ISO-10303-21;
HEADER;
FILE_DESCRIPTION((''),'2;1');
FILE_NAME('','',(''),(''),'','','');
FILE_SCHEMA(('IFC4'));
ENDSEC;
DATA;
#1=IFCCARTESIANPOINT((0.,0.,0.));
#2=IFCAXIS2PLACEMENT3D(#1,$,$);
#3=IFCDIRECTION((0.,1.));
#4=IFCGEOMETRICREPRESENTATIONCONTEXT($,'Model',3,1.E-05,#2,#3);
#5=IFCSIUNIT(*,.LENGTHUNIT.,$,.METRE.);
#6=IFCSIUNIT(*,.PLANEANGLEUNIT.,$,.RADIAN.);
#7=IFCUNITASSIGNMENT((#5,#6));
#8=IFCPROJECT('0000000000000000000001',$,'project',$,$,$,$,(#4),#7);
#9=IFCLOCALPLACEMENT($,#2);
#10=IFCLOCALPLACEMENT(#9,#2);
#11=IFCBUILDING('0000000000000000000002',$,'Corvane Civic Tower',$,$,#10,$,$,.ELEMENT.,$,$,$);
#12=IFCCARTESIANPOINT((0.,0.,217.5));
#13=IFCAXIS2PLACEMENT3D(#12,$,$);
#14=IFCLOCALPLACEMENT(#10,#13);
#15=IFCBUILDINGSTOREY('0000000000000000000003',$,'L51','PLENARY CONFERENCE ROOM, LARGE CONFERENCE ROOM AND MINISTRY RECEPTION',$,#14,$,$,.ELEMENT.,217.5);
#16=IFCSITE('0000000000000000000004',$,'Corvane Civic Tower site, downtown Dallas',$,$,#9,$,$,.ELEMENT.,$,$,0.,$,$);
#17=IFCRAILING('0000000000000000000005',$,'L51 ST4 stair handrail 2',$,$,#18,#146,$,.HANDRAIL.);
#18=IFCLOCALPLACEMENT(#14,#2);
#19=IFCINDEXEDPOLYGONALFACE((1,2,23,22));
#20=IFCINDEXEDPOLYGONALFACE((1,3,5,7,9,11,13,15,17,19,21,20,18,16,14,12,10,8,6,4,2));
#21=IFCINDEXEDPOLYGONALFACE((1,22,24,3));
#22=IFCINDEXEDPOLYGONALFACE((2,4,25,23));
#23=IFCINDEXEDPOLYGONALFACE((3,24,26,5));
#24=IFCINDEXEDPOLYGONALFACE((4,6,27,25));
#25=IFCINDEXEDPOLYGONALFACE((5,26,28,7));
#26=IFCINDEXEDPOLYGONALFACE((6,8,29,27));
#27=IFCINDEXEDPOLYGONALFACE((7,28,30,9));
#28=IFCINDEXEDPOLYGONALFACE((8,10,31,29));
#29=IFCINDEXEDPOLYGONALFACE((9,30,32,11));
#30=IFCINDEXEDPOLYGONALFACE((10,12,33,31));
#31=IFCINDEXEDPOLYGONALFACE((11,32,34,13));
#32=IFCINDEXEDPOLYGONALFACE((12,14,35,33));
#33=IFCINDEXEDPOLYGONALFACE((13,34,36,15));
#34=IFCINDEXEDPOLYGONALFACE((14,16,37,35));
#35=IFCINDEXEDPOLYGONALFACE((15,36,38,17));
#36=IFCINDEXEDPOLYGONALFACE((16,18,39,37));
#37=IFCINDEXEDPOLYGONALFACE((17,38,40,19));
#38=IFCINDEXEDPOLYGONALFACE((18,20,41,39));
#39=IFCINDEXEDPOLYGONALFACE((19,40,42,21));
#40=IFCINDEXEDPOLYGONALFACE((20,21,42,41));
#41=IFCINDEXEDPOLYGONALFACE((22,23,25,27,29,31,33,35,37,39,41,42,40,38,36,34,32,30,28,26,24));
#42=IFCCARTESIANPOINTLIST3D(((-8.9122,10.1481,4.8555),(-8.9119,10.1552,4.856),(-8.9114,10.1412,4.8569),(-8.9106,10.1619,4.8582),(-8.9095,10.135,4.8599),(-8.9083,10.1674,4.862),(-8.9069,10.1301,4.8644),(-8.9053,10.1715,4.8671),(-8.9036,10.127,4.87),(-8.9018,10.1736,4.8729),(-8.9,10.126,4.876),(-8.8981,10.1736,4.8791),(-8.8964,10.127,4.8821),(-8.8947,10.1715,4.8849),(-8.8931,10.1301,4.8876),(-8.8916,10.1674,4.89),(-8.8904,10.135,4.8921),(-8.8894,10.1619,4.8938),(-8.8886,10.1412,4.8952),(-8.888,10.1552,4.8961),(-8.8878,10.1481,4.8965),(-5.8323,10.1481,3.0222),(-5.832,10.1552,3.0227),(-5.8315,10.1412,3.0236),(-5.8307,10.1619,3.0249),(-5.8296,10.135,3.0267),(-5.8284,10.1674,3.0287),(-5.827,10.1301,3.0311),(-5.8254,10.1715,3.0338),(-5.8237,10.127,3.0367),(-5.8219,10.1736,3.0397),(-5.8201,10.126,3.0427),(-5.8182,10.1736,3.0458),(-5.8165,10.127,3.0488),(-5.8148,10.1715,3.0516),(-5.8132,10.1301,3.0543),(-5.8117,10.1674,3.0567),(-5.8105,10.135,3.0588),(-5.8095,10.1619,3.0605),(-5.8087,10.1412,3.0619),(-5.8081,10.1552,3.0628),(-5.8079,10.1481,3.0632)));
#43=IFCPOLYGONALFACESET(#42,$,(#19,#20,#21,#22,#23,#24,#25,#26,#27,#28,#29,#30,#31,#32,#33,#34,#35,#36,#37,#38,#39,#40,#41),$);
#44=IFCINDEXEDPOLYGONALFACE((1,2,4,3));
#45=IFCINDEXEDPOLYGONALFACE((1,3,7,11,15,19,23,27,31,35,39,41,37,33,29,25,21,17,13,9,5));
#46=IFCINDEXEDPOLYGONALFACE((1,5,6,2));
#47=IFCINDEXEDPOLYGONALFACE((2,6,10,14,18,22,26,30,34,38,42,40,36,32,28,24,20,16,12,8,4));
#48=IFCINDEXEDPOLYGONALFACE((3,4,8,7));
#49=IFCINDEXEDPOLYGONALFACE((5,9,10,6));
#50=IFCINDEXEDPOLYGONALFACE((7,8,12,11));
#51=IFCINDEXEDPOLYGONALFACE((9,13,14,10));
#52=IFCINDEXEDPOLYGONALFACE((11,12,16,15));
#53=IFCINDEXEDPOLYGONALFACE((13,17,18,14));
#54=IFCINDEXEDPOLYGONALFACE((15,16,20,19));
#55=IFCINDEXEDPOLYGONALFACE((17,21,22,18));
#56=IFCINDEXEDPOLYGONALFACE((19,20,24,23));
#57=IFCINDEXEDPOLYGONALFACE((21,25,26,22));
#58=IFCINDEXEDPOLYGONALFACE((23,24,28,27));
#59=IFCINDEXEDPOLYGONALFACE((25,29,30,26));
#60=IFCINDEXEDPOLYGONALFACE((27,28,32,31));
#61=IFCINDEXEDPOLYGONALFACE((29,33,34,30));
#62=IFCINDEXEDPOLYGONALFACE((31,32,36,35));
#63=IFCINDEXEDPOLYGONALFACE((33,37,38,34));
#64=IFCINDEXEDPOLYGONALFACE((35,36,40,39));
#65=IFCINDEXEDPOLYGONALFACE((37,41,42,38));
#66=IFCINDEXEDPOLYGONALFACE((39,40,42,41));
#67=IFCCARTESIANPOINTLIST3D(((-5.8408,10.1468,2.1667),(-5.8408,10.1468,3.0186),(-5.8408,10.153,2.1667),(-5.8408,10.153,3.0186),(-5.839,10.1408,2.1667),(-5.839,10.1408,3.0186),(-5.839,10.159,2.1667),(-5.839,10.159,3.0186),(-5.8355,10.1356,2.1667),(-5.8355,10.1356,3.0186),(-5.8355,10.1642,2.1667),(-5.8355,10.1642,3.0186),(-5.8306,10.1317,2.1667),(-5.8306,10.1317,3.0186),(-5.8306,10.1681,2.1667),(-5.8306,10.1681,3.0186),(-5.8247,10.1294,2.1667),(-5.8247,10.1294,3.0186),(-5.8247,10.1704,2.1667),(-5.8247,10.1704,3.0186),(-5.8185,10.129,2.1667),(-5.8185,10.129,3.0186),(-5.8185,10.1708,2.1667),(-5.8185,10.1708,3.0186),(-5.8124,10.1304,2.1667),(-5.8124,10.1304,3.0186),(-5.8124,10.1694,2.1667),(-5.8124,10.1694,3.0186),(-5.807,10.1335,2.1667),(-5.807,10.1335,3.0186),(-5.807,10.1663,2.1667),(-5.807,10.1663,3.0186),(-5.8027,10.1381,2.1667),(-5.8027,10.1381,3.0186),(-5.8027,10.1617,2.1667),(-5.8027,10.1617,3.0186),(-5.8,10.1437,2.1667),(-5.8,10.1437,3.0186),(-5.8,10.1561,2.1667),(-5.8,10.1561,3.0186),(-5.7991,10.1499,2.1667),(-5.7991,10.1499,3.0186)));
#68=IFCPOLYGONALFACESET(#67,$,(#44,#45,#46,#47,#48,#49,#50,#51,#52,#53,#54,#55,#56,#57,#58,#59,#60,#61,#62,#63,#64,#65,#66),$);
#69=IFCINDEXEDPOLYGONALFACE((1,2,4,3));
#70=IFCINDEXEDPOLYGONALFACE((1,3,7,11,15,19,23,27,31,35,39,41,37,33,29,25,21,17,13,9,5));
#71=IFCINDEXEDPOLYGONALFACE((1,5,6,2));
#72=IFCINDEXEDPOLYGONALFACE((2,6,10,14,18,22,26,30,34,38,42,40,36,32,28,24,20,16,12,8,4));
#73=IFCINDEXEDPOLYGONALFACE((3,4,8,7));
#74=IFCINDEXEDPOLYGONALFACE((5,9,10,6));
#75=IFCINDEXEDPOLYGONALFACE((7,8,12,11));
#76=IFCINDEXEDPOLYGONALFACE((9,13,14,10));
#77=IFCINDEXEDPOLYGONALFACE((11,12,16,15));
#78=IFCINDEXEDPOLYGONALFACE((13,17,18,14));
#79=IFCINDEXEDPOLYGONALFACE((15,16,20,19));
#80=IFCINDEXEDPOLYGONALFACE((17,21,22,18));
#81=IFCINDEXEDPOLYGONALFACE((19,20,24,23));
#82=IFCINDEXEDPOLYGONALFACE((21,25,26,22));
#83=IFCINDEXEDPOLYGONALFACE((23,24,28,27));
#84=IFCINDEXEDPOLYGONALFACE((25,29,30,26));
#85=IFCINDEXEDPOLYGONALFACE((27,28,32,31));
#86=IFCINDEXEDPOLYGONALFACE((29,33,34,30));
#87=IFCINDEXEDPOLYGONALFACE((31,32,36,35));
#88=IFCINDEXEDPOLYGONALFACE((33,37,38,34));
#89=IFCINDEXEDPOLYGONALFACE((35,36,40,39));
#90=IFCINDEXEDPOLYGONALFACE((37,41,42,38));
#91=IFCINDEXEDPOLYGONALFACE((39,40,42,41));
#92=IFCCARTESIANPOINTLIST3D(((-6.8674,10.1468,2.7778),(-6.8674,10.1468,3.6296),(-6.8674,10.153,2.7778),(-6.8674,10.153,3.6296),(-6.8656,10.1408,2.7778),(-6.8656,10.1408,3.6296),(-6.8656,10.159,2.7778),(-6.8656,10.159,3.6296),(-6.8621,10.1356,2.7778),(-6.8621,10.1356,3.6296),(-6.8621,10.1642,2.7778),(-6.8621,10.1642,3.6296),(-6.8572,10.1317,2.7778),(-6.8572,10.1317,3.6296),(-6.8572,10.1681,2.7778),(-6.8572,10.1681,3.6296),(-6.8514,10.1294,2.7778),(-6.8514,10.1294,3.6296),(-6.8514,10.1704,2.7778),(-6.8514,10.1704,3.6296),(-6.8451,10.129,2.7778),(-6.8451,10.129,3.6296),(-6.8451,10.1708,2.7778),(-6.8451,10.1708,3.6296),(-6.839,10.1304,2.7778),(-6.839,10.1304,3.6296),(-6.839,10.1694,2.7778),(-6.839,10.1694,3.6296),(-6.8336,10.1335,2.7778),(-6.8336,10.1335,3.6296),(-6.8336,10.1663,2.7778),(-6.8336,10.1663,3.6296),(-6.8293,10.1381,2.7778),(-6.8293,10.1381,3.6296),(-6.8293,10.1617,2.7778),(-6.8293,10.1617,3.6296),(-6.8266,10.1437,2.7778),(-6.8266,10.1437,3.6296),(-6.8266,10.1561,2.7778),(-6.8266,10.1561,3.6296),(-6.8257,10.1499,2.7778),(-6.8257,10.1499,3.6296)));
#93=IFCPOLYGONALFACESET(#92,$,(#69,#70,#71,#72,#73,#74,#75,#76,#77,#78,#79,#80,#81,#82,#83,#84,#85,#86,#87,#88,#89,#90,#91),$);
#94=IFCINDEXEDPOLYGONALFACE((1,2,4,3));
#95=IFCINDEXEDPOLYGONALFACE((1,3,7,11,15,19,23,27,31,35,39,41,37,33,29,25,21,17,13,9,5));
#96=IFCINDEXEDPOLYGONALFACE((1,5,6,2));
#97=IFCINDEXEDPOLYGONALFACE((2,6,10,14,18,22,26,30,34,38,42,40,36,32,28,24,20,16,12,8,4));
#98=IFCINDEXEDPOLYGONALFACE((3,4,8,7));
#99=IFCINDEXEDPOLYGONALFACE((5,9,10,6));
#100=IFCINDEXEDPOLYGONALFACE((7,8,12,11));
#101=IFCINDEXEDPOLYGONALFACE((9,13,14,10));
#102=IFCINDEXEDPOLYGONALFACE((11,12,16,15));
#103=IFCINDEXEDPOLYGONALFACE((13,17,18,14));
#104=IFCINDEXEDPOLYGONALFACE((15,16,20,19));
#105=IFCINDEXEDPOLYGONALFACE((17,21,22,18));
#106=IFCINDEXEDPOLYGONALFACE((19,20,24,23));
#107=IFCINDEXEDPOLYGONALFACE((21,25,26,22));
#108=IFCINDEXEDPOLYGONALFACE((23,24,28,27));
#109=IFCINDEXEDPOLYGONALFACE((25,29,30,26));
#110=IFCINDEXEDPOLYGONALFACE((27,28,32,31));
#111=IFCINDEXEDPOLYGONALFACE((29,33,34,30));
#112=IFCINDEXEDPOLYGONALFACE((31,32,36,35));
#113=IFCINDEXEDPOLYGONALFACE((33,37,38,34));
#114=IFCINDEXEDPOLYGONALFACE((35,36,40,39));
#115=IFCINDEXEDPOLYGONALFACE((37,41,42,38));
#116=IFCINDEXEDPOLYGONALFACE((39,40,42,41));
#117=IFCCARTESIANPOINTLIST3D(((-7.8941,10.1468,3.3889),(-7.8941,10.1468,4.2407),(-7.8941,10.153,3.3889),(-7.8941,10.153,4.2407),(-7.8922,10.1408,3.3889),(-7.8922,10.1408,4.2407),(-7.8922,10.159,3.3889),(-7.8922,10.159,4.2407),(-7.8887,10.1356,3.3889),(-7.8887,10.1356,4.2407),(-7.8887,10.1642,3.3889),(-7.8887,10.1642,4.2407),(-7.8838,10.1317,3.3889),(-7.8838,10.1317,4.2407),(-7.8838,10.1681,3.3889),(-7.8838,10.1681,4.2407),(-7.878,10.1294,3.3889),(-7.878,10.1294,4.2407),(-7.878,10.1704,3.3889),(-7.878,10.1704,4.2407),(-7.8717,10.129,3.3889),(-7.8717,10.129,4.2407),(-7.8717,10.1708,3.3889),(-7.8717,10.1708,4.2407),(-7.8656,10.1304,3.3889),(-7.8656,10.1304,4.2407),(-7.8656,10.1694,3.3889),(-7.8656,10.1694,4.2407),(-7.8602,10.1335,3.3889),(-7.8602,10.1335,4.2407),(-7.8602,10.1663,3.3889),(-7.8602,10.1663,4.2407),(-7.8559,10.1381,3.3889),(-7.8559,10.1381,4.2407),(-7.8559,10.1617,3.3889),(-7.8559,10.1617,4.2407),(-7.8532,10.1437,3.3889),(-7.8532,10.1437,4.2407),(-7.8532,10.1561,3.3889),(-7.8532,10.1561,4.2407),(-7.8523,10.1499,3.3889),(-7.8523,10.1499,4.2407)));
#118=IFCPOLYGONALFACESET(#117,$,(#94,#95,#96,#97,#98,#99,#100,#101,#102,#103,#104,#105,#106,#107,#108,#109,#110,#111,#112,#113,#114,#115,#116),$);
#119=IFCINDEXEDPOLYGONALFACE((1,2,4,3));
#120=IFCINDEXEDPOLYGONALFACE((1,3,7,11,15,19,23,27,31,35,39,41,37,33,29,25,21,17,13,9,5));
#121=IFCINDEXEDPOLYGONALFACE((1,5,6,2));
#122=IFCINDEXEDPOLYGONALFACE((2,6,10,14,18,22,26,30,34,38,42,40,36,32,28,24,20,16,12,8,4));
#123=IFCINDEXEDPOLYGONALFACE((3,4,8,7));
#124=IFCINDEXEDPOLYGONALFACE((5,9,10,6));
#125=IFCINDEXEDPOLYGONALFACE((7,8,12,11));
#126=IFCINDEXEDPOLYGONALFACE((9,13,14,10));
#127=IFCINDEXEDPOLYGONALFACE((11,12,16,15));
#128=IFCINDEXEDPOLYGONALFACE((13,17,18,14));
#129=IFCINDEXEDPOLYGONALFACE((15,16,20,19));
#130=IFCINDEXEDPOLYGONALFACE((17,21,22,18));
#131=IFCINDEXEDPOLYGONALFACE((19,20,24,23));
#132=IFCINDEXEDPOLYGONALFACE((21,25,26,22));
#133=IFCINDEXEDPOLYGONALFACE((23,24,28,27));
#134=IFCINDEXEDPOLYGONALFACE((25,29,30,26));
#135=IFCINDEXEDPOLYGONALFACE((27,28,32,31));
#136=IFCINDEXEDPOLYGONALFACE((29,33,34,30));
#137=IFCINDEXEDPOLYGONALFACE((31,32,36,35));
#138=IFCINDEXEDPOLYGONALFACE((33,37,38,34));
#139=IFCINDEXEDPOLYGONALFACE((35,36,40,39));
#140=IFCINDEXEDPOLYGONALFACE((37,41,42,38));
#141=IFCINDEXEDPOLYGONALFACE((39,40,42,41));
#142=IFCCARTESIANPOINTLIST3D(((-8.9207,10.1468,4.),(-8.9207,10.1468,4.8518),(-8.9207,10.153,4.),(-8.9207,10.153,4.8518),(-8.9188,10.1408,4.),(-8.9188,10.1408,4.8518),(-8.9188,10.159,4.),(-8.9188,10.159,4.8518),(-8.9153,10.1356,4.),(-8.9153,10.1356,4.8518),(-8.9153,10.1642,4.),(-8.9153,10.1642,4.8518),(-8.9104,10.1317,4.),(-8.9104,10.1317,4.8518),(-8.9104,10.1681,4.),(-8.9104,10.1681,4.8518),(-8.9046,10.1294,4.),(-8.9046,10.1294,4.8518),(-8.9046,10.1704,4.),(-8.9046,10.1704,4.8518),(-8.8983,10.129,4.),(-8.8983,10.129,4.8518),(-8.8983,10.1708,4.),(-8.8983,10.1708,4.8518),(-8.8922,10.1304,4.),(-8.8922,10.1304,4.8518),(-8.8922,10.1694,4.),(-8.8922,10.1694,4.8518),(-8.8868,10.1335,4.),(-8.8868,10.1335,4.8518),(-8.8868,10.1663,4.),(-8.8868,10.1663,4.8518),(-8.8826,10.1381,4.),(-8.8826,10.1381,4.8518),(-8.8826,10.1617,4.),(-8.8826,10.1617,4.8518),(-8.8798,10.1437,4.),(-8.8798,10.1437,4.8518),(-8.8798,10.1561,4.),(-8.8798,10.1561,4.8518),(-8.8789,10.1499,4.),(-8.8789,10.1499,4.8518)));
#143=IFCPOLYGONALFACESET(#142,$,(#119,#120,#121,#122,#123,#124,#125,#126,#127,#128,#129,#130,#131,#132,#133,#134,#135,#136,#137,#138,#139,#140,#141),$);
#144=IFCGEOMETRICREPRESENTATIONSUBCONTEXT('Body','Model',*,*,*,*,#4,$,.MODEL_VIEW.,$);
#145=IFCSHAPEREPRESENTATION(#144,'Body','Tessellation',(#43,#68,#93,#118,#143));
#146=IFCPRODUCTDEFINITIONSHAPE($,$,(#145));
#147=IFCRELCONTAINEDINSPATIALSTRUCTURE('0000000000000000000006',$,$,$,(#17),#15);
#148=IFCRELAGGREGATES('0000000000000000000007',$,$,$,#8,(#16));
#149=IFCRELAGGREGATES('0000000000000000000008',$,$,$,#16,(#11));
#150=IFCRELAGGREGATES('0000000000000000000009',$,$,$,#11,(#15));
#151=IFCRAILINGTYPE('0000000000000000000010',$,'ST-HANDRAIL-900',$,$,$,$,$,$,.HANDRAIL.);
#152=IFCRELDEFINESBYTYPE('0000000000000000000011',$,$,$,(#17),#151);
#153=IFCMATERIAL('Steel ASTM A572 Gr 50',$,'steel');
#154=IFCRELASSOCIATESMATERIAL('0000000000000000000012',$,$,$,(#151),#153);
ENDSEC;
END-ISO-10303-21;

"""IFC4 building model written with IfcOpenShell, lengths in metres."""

from ifc_helpers import new_model, si_unit, direction, frame, origin, origin_2d, place, context, subcontext, project, spatial, circle, extrude, material, type_object, element, save


model = new_model("IFC4")

# Units and contexts
model_context = context("Model", 3, precision=1e-05, world=origin(), true_north=direction((0.0, 1.0)))
body_context = subcontext(model_context, "Body", "Model", "MODEL_VIEW")
ifc_project = project(units=[si_unit("LENGTHUNIT", "METRE"), si_unit("PLANEANGLEUNIT", "RADIAN")], contexts=[model_context])

# Site, building, storey
site_placement = place(None, origin())
site = spatial("IfcSite", under=ifc_project, at=site_placement, Name="Corvane Civic Tower site, downtown Dallas", CompositionType="ELEMENT", RefElevation=0.0)
building_placement = place(site_placement, origin())
building = spatial("IfcBuilding", under=site, at=building_placement, Name="Corvane Civic Tower", CompositionType="ELEMENT")
storey_placement = place(building_placement, frame((0.0, 0.0, 217.5)))
storey = spatial("IfcBuildingStorey", under=building, at=storey_placement, Name="L51", Description="PLENARY CONFERENCE ROOM, LARGE CONFERENCE ROOM AND MINISTRY RECEPTION", CompositionType="ELEMENT", Elevation=217.5)

# Railing
ifc_material_1 = material(Name="Steel ASTM A572 Gr 50", Category="steel")
railing_type = type_object("IfcRailingType", Name="ST-HANDRAIL-900", PredefinedType="HANDRAIL", material=ifc_material_1)
railing_1_placement = place(storey_placement, frame((-5.8201, 10.1499, 2.1667)))
element("IfcRailing", 1, at=railing_1_placement, inside=storey, type_object=railing_type, Name="L51 ST4 stair handrail 2", PredefinedType="HANDRAIL", context=body_context, shape_type="SweptSolid", body=[
    extrude(circle(Radius=0.0239, at=origin_2d()), frame((0.0, 0.0, 0.876), z_axis=(-0.859291, 0.0, 0.511487), x_axis=(0.0, -1.0, 0.0)), (0.0, 0.0, 1.0), 3.5842),
    extrude(circle(Radius=0.021, at=origin_2d()), origin(), (0.0, 0.0, 1.0), 0.8518),
    extrude(circle(Radius=0.021, at=origin_2d()), frame((-1.0266, 0.0, 0.6111)), (0.0, 0.0, 1.0), 0.8518),
    extrude(circle(Radius=0.021, at=origin_2d()), frame((-2.0532, 0.0, 1.2222)), (0.0, 0.0, 1.0), 0.8518),
    extrude(circle(Radius=0.021, at=origin_2d()), frame((-3.0798, 0.0, 1.8333)), (0.0, 0.0, 1.0), 0.8518),
])

save(model, "model.ifc")
